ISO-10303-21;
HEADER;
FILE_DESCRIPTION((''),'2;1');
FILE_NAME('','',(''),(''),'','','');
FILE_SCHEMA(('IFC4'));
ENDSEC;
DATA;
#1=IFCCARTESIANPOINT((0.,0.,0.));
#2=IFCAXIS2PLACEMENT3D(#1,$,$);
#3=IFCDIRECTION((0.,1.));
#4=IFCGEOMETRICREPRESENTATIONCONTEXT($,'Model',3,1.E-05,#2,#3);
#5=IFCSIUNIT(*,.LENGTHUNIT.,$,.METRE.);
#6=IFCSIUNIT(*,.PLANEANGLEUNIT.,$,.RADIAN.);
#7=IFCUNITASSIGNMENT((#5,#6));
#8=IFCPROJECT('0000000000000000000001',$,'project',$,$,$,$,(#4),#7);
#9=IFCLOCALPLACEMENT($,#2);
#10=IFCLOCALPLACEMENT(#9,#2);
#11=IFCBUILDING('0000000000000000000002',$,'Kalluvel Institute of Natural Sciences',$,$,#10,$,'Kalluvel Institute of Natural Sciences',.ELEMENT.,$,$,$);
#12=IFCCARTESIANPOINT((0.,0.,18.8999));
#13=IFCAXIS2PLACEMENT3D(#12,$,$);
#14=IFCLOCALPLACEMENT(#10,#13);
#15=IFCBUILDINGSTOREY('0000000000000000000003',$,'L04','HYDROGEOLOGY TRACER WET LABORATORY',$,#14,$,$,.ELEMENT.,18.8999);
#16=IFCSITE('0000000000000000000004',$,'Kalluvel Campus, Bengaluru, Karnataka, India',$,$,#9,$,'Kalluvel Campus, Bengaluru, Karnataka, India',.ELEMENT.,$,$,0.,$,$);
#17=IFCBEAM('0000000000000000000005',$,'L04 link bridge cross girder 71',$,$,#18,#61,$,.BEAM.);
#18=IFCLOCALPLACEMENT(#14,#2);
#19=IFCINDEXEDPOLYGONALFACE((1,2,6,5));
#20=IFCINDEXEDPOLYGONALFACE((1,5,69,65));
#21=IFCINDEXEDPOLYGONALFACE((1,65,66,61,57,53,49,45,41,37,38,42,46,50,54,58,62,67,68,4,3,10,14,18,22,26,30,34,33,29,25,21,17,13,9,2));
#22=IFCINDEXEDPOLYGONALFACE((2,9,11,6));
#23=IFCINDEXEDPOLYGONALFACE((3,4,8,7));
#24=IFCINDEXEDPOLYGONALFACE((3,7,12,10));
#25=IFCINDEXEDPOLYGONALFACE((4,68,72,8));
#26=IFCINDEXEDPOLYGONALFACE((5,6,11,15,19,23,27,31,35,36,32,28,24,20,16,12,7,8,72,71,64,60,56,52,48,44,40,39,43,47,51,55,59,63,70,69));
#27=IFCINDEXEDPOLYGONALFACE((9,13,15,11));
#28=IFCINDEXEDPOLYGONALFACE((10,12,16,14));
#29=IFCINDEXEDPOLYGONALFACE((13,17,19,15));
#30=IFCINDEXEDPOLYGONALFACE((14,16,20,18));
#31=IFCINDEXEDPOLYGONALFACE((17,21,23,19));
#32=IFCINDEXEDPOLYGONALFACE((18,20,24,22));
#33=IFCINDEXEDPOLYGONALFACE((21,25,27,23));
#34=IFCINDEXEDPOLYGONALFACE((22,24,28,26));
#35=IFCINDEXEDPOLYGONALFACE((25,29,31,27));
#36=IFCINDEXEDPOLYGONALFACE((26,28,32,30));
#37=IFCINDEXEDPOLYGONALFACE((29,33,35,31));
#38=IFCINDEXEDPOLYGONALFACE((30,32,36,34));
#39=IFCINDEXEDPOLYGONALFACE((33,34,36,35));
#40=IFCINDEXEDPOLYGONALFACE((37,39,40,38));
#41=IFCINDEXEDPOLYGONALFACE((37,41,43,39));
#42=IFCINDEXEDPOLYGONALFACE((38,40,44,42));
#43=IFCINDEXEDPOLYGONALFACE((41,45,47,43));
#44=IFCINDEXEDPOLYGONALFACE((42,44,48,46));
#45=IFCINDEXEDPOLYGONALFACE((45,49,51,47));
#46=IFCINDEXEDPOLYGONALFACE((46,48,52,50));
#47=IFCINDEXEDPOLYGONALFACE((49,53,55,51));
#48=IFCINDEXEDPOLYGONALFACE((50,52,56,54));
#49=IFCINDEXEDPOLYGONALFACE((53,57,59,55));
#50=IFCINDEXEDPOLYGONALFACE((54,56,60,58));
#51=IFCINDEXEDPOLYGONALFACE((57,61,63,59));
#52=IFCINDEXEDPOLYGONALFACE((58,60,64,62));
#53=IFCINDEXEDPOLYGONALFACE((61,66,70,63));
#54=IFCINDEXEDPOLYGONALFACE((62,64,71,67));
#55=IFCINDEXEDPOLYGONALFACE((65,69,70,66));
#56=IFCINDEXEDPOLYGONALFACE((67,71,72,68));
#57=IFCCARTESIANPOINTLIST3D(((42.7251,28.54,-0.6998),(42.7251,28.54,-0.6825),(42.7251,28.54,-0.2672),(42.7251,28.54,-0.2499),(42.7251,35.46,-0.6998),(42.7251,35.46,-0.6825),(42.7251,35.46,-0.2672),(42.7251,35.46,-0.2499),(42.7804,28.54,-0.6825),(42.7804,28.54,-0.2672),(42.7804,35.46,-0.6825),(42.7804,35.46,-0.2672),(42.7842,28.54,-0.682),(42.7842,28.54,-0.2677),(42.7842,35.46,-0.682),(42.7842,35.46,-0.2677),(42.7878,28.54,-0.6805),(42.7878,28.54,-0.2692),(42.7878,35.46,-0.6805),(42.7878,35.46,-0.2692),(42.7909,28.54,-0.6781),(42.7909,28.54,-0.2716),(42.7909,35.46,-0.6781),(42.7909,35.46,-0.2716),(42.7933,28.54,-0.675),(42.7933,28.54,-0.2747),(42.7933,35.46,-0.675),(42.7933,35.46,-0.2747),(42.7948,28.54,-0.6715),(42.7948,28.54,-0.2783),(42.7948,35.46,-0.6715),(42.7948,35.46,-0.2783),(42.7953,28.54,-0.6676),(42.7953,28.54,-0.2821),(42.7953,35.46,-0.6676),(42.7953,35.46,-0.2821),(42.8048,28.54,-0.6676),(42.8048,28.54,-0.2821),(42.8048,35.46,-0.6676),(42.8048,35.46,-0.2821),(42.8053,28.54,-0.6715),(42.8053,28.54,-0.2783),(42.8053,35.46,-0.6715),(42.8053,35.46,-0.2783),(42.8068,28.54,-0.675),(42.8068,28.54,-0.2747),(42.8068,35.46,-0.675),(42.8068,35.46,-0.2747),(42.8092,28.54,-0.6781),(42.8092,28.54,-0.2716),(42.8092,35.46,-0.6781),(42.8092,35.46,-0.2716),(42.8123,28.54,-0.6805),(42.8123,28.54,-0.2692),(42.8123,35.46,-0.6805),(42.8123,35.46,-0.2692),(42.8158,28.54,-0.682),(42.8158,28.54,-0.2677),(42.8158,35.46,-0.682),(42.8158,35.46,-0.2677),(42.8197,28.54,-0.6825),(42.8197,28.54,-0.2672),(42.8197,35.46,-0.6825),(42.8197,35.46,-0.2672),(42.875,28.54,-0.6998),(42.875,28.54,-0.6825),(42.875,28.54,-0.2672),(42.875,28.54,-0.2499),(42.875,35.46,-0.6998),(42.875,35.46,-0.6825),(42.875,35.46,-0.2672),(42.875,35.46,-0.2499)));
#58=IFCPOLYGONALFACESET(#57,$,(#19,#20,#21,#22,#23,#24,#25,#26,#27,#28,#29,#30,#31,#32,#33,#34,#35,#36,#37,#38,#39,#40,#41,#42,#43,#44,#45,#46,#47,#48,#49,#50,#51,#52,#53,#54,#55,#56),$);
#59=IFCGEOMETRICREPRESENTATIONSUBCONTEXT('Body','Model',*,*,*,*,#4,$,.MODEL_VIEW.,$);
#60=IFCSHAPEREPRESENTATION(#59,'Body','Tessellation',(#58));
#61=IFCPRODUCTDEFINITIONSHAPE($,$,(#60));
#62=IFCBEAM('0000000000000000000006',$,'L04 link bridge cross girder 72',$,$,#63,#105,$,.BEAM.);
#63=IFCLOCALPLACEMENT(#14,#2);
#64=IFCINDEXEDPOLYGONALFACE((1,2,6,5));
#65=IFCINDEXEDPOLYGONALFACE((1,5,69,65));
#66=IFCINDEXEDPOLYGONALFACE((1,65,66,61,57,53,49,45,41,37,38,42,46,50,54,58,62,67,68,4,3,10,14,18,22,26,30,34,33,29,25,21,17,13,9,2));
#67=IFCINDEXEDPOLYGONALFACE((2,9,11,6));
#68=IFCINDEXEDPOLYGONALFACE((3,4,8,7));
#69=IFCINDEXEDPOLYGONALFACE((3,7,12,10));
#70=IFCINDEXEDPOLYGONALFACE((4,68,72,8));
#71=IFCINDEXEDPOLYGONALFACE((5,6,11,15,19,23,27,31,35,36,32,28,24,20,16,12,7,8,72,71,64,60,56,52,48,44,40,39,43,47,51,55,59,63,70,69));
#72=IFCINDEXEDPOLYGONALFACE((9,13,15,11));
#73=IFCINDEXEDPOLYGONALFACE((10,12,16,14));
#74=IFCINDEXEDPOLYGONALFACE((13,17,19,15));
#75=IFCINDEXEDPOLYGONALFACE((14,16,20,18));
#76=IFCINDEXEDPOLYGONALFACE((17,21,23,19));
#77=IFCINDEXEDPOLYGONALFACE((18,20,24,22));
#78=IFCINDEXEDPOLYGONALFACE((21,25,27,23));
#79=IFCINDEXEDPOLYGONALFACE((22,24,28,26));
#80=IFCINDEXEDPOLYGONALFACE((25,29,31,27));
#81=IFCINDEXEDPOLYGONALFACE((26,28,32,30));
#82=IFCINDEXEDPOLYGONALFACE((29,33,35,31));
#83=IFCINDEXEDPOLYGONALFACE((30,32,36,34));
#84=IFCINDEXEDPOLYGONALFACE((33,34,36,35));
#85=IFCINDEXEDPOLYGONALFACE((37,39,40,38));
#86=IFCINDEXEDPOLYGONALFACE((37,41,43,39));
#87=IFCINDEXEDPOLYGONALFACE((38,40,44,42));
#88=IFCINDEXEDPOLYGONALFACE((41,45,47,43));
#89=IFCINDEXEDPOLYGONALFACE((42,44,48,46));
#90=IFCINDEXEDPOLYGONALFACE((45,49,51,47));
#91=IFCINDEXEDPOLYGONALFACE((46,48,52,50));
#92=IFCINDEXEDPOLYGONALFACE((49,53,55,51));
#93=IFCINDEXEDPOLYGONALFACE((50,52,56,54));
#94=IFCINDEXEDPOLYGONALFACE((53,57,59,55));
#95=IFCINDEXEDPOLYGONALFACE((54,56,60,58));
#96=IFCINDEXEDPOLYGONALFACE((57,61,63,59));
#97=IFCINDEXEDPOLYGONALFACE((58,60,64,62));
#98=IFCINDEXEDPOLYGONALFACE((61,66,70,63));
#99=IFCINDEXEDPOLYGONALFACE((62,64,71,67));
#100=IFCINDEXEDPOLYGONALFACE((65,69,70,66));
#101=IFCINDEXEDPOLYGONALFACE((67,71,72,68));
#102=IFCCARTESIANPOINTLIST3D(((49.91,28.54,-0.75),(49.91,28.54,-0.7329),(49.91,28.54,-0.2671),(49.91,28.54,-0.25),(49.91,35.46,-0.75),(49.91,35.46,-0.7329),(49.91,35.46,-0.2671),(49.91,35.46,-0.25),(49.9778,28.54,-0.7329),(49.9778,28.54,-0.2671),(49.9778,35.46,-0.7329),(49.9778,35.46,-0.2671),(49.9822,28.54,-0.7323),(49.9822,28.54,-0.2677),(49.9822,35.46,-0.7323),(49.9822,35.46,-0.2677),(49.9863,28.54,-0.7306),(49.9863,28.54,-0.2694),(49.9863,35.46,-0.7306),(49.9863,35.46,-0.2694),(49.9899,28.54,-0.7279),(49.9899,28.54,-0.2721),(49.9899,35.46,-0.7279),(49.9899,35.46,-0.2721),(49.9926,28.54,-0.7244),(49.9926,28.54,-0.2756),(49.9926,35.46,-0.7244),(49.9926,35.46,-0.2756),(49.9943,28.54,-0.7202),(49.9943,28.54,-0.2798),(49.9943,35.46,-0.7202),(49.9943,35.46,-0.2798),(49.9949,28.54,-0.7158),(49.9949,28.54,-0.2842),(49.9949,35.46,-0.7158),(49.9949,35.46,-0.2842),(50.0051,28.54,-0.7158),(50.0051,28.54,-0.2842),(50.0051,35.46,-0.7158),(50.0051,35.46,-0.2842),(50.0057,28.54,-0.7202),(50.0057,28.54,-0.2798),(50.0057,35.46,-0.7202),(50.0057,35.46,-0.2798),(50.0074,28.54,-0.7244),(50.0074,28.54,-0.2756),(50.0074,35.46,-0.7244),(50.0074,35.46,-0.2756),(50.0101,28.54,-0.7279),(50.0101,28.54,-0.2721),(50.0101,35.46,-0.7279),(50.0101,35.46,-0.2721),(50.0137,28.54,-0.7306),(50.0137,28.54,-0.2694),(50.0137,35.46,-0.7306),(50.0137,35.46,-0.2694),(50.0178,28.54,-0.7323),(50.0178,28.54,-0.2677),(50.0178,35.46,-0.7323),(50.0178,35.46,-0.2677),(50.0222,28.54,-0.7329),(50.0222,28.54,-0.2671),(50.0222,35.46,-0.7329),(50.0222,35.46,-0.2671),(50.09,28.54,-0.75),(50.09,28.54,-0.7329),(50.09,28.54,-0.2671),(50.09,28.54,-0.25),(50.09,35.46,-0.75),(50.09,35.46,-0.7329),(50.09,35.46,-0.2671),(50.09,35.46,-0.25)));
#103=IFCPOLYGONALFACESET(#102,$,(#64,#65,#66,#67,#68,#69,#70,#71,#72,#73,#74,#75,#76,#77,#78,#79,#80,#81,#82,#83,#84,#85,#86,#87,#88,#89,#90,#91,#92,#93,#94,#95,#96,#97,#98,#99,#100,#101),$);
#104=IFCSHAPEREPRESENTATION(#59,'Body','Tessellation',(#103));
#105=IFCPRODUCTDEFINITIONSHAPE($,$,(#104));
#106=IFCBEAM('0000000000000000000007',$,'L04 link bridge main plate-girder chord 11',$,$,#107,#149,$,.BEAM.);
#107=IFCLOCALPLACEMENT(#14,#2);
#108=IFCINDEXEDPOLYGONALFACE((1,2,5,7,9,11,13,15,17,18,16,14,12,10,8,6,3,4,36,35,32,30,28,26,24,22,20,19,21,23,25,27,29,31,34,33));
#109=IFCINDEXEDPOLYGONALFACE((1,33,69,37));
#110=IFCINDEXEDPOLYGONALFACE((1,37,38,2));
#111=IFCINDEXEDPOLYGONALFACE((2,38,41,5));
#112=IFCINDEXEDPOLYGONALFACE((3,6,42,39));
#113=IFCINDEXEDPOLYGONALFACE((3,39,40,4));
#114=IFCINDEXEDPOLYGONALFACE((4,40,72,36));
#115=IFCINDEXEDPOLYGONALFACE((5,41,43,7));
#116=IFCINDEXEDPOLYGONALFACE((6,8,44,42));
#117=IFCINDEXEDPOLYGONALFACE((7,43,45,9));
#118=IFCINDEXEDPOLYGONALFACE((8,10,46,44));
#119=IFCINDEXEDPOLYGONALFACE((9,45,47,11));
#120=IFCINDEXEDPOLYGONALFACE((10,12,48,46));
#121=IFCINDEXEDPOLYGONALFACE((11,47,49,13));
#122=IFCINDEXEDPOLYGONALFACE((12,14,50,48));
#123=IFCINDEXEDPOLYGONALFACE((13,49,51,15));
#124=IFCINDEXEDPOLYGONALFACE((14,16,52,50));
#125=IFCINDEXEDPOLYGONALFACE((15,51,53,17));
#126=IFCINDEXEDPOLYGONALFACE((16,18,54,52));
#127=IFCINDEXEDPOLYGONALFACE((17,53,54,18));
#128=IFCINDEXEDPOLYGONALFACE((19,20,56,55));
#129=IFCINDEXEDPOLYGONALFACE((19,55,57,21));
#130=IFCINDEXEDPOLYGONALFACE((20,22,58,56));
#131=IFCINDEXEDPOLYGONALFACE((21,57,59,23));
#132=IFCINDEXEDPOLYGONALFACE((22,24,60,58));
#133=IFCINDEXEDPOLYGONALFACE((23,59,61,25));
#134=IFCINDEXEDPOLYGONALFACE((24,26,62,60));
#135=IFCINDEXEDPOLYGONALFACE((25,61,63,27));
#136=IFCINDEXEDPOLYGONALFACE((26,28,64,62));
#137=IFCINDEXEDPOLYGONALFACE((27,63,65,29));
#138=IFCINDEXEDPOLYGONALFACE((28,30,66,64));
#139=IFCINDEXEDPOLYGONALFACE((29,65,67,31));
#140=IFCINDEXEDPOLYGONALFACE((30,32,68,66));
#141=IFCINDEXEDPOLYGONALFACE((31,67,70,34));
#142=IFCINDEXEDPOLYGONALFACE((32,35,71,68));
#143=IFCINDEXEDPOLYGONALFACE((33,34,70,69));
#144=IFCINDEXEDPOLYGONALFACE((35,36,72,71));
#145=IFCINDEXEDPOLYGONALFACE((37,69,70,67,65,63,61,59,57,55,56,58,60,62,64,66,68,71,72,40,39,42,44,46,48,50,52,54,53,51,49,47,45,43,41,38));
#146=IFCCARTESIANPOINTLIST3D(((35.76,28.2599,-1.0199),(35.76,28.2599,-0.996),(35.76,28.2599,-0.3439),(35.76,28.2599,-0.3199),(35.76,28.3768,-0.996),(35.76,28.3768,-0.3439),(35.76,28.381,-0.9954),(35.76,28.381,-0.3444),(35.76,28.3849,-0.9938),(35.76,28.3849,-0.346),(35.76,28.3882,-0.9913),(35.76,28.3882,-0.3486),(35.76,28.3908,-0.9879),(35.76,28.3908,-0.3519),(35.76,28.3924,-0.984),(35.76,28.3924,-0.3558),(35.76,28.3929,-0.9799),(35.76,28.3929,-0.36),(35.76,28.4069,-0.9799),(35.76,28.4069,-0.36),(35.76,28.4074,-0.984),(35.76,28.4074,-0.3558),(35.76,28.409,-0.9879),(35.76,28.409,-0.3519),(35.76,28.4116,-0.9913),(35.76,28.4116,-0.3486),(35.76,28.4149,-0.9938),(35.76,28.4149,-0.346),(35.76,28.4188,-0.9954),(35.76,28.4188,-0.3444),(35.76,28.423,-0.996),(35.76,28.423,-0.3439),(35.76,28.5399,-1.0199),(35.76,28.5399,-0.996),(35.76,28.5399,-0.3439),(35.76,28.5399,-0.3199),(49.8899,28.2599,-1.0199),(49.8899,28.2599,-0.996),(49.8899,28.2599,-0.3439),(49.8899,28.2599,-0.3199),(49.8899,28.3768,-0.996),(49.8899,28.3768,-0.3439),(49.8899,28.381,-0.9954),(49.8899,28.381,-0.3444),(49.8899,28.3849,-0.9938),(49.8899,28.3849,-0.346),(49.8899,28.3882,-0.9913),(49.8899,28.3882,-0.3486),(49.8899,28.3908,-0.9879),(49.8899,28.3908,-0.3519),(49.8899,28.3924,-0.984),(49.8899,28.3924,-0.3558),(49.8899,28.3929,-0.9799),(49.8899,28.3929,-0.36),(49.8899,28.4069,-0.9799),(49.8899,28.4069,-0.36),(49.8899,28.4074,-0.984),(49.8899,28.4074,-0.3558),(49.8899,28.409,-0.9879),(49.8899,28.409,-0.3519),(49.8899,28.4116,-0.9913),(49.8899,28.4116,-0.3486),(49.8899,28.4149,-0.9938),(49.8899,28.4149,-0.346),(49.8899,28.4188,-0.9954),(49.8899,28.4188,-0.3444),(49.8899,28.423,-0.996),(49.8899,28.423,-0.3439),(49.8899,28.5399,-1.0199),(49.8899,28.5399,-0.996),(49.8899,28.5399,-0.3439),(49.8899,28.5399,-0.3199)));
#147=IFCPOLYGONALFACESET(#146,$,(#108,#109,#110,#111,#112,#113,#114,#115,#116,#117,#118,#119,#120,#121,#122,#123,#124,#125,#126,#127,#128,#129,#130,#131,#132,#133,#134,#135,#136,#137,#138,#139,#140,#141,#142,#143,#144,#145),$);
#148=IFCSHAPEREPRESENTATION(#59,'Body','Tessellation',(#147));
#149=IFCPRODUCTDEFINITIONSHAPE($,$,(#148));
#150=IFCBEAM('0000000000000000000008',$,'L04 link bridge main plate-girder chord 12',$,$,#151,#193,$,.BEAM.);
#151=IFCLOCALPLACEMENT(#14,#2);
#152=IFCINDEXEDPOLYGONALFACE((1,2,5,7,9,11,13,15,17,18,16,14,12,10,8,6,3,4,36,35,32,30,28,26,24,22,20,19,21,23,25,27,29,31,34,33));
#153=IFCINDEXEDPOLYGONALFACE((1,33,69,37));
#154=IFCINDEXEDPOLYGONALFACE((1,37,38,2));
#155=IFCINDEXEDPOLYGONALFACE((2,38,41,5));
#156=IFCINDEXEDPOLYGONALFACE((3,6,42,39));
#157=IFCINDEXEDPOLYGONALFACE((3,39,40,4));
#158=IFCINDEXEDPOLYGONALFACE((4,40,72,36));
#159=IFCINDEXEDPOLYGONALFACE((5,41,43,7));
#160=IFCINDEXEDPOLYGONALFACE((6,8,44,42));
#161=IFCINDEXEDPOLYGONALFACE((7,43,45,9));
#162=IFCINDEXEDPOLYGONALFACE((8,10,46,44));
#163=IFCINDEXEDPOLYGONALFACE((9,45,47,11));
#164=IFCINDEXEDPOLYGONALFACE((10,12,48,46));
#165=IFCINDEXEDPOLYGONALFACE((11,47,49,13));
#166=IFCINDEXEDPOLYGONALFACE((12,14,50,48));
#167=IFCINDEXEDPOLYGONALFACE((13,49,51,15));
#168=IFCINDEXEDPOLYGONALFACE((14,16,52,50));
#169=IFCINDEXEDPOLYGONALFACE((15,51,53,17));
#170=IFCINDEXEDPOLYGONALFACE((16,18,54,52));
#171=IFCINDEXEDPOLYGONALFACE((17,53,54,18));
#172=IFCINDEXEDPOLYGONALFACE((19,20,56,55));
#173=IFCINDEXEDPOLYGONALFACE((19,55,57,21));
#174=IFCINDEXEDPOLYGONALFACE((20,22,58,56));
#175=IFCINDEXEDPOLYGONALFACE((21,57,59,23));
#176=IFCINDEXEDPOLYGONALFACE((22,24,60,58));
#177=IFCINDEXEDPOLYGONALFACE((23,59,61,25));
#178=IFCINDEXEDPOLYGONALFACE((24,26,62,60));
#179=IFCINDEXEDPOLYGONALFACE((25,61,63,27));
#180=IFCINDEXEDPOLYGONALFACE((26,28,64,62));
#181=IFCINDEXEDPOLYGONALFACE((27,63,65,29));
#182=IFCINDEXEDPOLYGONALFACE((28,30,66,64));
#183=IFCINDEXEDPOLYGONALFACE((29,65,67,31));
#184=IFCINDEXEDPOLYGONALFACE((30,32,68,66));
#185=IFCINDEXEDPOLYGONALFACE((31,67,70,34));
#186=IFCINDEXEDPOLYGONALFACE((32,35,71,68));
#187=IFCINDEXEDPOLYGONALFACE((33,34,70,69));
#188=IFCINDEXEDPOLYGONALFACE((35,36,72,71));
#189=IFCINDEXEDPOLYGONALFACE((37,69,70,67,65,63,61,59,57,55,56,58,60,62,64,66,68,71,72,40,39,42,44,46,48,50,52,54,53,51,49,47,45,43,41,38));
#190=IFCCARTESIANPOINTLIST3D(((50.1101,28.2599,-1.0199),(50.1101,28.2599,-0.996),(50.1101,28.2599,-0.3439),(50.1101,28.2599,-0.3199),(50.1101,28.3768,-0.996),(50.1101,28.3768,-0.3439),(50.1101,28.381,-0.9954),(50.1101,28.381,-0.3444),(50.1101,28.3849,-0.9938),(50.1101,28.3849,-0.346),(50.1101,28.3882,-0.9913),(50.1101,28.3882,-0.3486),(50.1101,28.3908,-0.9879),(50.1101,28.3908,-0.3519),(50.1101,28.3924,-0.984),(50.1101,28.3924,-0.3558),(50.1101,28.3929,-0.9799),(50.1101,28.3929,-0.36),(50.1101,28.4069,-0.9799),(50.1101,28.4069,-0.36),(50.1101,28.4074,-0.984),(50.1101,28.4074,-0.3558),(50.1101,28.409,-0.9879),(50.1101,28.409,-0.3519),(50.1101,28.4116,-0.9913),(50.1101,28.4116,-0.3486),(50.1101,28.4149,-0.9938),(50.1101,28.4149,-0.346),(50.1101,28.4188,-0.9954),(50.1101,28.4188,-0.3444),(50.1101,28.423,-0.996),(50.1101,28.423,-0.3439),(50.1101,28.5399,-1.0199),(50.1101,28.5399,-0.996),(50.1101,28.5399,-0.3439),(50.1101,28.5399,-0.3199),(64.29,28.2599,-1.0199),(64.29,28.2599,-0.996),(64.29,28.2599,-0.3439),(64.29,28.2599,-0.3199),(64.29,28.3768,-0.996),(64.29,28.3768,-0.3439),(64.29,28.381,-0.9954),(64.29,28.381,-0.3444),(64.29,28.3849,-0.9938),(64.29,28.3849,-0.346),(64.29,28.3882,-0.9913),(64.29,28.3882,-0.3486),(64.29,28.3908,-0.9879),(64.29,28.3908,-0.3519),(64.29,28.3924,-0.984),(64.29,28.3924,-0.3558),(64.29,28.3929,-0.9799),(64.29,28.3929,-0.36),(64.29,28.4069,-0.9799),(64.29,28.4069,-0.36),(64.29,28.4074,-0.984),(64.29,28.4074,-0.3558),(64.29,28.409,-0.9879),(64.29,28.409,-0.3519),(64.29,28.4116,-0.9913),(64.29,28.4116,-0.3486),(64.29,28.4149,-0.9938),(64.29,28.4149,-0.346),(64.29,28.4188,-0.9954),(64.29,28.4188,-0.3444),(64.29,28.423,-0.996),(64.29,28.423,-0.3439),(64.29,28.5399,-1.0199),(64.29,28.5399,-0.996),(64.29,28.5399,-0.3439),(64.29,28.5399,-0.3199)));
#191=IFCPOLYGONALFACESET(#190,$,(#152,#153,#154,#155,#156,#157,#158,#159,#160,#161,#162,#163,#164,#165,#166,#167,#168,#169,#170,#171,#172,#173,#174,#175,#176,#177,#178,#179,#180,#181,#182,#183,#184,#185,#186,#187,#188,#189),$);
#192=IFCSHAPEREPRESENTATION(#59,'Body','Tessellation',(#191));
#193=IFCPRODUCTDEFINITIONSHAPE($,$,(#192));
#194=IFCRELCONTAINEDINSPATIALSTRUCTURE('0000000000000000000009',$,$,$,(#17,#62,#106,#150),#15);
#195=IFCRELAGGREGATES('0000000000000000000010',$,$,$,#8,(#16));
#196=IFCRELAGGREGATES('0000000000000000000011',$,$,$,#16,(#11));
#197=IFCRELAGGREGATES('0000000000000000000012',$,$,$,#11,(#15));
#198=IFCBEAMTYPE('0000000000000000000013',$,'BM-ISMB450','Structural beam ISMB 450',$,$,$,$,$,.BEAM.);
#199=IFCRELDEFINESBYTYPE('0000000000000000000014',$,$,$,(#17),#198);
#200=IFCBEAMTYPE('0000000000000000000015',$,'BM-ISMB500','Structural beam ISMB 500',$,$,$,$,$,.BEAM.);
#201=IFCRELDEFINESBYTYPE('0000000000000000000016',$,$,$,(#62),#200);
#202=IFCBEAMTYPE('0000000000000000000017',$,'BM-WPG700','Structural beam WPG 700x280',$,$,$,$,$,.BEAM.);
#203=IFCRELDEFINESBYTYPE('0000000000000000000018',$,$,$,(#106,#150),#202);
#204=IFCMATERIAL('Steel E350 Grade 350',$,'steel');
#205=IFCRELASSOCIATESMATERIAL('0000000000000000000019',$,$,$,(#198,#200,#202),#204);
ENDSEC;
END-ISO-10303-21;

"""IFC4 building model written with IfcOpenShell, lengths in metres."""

from ifc_helpers import new_model, si_unit, direction, frame, origin, origin_2d, place, context, subcontext, project, spatial, i_section, extrude, material, material_profile, profile_set, type_object, element, save


model = new_model("IFC4")

# Units and contexts
model_context = context("Model", 3, precision=1e-05, world=origin(), true_north=direction((0.0, 1.0)))
body_context = subcontext(model_context, "Body", "Model", "MODEL_VIEW")
ifc_project = project(units=[si_unit("LENGTHUNIT", "METRE"), si_unit("PLANEANGLEUNIT", "RADIAN")], contexts=[model_context])

# Site, building, storey
site_placement = place(None, origin())
site = spatial("IfcSite", under=ifc_project, at=site_placement, Name="Kalluvel Campus, Bengaluru, Karnataka, India", LongName="Kalluvel Campus, Bengaluru, Karnataka, India", CompositionType="ELEMENT", RefElevation=0.0)
building_placement = place(site_placement, origin())
building = spatial("IfcBuilding", under=site, at=building_placement, Name="Kalluvel Institute of Natural Sciences", LongName="Kalluvel Institute of Natural Sciences", CompositionType="ELEMENT")
storey_placement = place(building_placement, frame((0.0, 0.0, 18.8999)))
storey = spatial("IfcBuildingStorey", under=building, at=storey_placement, Name="L04", Description="HYDROGEOLOGY TRACER WET LABORATORY", CompositionType="ELEMENT", Elevation=18.8999)

# Beams
ifc_material_1 = material(Name="Steel E350 Grade 350", Category="steel")
ifc_material_profile_1 = material_profile(ifc_material_1, i_section(OverallWidth=0.1499, OverallDepth=0.45, WebThickness=0.0095, FlangeThickness=0.0173, FilletRadius=0.0149, at=origin_2d()), Name="ISMB 450")
ifc_profile_set_1 = profile_set([ifc_material_profile_1], Name="Steel E350 Grade 350")
beam_type_1 = type_object("IfcBeamType", Name="BM-ISMB450", Description="Structural beam ISMB 450", PredefinedType="BEAM", material=ifc_profile_set_1)
beam_1_placement = place(storey_placement, frame((42.8, 28.54, -0.4749), z_axis=(0.0, 1.0, 0.0), x_axis=(-1.0, 0.0, 0.0)))
element("IfcBeam", 1, at=beam_1_placement, inside=storey, type_object=beam_type_1, Name="L04 link bridge cross girder 71", PredefinedType="BEAM", context=body_context, shape_type="SweptSolid", body=[
    extrude(i_section(OverallWidth=0.1499, OverallDepth=0.45, WebThickness=0.0095, FlangeThickness=0.0173, FilletRadius=0.0149, at=origin_2d()), origin(), (0.0, 0.0, 1.0), 6.9199),
])
ifc_material_profile_2 = material_profile(ifc_material_1, i_section(OverallWidth=0.1799, OverallDepth=0.5, WebThickness=0.0103, FlangeThickness=0.0171, FilletRadius=0.0171, at=origin_2d()), Name="ISMB 500")
ifc_profile_set_2 = profile_set([ifc_material_profile_2], Name="Steel E350 Grade 350")
beam_type_2 = type_object("IfcBeamType", Name="BM-ISMB500", Description="Structural beam ISMB 500", PredefinedType="BEAM", material=ifc_profile_set_2)
beam_2_placement = place(storey_placement, frame((50.0, 28.54, -0.5), z_axis=(0.0, 1.0, 0.0), x_axis=(-1.0, 0.0, 0.0)))
element("IfcBeam", 2, at=beam_2_placement, inside=storey, type_object=beam_type_2, Name="L04 link bridge cross girder 72", PredefinedType="BEAM", context=body_context, shape_type="SweptSolid", body=[
    extrude(i_section(OverallWidth=0.1799, OverallDepth=0.5, WebThickness=0.0103, FlangeThickness=0.0171, FilletRadius=0.0171, at=origin_2d()), origin(), (0.0, 0.0, 1.0), 6.9199),
])
ifc_material_profile_3 = material_profile(ifc_material_1, i_section(OverallWidth=0.28, OverallDepth=0.7, WebThickness=0.0139, FlangeThickness=0.0239, FilletRadius=0.0161, at=origin_2d()), Name="WPG 700x280")
ifc_profile_set_3 = profile_set([ifc_material_profile_3], Name="Steel E350 Grade 350")
beam_type_3 = type_object("IfcBeamType", Name="BM-WPG700", Description="Structural beam WPG 700x280", PredefinedType="BEAM", material=ifc_profile_set_3)
beam_3_placement = place(storey_placement, frame((35.76, 28.3999, -0.6699), z_axis=(1.0, 0.0, 0.0), x_axis=(0.0, 1.0, 0.0)))
element("IfcBeam", 3, at=beam_3_placement, inside=storey, type_object=beam_type_3, Name="L04 link bridge main plate-girder chord 11", PredefinedType="BEAM", context=body_context, shape_type="SweptSolid", body=[
    extrude(i_section(OverallWidth=0.28, OverallDepth=0.7, WebThickness=0.0139, FlangeThickness=0.0239, FilletRadius=0.0161, at=origin_2d()), origin(), (0.0, 0.0, 1.0), 14.1299),
])
beam_4_placement = place(storey_placement, frame((50.1101, 28.3999, -0.6699), z_axis=(1.0, 0.0, 0.0), x_axis=(0.0, 1.0, 0.0)))
element("IfcBeam", 4, at=beam_4_placement, inside=storey, type_object=beam_type_3, Name="L04 link bridge main plate-girder chord 12", PredefinedType="BEAM", context=body_context, shape_type="SweptSolid", body=[
    extrude(i_section(OverallWidth=0.28, OverallDepth=0.7, WebThickness=0.0139, FlangeThickness=0.0239, FilletRadius=0.0161, at=origin_2d()), origin(), (0.0, 0.0, 1.0), 14.1799),
])

save(model, "model.ifc")
